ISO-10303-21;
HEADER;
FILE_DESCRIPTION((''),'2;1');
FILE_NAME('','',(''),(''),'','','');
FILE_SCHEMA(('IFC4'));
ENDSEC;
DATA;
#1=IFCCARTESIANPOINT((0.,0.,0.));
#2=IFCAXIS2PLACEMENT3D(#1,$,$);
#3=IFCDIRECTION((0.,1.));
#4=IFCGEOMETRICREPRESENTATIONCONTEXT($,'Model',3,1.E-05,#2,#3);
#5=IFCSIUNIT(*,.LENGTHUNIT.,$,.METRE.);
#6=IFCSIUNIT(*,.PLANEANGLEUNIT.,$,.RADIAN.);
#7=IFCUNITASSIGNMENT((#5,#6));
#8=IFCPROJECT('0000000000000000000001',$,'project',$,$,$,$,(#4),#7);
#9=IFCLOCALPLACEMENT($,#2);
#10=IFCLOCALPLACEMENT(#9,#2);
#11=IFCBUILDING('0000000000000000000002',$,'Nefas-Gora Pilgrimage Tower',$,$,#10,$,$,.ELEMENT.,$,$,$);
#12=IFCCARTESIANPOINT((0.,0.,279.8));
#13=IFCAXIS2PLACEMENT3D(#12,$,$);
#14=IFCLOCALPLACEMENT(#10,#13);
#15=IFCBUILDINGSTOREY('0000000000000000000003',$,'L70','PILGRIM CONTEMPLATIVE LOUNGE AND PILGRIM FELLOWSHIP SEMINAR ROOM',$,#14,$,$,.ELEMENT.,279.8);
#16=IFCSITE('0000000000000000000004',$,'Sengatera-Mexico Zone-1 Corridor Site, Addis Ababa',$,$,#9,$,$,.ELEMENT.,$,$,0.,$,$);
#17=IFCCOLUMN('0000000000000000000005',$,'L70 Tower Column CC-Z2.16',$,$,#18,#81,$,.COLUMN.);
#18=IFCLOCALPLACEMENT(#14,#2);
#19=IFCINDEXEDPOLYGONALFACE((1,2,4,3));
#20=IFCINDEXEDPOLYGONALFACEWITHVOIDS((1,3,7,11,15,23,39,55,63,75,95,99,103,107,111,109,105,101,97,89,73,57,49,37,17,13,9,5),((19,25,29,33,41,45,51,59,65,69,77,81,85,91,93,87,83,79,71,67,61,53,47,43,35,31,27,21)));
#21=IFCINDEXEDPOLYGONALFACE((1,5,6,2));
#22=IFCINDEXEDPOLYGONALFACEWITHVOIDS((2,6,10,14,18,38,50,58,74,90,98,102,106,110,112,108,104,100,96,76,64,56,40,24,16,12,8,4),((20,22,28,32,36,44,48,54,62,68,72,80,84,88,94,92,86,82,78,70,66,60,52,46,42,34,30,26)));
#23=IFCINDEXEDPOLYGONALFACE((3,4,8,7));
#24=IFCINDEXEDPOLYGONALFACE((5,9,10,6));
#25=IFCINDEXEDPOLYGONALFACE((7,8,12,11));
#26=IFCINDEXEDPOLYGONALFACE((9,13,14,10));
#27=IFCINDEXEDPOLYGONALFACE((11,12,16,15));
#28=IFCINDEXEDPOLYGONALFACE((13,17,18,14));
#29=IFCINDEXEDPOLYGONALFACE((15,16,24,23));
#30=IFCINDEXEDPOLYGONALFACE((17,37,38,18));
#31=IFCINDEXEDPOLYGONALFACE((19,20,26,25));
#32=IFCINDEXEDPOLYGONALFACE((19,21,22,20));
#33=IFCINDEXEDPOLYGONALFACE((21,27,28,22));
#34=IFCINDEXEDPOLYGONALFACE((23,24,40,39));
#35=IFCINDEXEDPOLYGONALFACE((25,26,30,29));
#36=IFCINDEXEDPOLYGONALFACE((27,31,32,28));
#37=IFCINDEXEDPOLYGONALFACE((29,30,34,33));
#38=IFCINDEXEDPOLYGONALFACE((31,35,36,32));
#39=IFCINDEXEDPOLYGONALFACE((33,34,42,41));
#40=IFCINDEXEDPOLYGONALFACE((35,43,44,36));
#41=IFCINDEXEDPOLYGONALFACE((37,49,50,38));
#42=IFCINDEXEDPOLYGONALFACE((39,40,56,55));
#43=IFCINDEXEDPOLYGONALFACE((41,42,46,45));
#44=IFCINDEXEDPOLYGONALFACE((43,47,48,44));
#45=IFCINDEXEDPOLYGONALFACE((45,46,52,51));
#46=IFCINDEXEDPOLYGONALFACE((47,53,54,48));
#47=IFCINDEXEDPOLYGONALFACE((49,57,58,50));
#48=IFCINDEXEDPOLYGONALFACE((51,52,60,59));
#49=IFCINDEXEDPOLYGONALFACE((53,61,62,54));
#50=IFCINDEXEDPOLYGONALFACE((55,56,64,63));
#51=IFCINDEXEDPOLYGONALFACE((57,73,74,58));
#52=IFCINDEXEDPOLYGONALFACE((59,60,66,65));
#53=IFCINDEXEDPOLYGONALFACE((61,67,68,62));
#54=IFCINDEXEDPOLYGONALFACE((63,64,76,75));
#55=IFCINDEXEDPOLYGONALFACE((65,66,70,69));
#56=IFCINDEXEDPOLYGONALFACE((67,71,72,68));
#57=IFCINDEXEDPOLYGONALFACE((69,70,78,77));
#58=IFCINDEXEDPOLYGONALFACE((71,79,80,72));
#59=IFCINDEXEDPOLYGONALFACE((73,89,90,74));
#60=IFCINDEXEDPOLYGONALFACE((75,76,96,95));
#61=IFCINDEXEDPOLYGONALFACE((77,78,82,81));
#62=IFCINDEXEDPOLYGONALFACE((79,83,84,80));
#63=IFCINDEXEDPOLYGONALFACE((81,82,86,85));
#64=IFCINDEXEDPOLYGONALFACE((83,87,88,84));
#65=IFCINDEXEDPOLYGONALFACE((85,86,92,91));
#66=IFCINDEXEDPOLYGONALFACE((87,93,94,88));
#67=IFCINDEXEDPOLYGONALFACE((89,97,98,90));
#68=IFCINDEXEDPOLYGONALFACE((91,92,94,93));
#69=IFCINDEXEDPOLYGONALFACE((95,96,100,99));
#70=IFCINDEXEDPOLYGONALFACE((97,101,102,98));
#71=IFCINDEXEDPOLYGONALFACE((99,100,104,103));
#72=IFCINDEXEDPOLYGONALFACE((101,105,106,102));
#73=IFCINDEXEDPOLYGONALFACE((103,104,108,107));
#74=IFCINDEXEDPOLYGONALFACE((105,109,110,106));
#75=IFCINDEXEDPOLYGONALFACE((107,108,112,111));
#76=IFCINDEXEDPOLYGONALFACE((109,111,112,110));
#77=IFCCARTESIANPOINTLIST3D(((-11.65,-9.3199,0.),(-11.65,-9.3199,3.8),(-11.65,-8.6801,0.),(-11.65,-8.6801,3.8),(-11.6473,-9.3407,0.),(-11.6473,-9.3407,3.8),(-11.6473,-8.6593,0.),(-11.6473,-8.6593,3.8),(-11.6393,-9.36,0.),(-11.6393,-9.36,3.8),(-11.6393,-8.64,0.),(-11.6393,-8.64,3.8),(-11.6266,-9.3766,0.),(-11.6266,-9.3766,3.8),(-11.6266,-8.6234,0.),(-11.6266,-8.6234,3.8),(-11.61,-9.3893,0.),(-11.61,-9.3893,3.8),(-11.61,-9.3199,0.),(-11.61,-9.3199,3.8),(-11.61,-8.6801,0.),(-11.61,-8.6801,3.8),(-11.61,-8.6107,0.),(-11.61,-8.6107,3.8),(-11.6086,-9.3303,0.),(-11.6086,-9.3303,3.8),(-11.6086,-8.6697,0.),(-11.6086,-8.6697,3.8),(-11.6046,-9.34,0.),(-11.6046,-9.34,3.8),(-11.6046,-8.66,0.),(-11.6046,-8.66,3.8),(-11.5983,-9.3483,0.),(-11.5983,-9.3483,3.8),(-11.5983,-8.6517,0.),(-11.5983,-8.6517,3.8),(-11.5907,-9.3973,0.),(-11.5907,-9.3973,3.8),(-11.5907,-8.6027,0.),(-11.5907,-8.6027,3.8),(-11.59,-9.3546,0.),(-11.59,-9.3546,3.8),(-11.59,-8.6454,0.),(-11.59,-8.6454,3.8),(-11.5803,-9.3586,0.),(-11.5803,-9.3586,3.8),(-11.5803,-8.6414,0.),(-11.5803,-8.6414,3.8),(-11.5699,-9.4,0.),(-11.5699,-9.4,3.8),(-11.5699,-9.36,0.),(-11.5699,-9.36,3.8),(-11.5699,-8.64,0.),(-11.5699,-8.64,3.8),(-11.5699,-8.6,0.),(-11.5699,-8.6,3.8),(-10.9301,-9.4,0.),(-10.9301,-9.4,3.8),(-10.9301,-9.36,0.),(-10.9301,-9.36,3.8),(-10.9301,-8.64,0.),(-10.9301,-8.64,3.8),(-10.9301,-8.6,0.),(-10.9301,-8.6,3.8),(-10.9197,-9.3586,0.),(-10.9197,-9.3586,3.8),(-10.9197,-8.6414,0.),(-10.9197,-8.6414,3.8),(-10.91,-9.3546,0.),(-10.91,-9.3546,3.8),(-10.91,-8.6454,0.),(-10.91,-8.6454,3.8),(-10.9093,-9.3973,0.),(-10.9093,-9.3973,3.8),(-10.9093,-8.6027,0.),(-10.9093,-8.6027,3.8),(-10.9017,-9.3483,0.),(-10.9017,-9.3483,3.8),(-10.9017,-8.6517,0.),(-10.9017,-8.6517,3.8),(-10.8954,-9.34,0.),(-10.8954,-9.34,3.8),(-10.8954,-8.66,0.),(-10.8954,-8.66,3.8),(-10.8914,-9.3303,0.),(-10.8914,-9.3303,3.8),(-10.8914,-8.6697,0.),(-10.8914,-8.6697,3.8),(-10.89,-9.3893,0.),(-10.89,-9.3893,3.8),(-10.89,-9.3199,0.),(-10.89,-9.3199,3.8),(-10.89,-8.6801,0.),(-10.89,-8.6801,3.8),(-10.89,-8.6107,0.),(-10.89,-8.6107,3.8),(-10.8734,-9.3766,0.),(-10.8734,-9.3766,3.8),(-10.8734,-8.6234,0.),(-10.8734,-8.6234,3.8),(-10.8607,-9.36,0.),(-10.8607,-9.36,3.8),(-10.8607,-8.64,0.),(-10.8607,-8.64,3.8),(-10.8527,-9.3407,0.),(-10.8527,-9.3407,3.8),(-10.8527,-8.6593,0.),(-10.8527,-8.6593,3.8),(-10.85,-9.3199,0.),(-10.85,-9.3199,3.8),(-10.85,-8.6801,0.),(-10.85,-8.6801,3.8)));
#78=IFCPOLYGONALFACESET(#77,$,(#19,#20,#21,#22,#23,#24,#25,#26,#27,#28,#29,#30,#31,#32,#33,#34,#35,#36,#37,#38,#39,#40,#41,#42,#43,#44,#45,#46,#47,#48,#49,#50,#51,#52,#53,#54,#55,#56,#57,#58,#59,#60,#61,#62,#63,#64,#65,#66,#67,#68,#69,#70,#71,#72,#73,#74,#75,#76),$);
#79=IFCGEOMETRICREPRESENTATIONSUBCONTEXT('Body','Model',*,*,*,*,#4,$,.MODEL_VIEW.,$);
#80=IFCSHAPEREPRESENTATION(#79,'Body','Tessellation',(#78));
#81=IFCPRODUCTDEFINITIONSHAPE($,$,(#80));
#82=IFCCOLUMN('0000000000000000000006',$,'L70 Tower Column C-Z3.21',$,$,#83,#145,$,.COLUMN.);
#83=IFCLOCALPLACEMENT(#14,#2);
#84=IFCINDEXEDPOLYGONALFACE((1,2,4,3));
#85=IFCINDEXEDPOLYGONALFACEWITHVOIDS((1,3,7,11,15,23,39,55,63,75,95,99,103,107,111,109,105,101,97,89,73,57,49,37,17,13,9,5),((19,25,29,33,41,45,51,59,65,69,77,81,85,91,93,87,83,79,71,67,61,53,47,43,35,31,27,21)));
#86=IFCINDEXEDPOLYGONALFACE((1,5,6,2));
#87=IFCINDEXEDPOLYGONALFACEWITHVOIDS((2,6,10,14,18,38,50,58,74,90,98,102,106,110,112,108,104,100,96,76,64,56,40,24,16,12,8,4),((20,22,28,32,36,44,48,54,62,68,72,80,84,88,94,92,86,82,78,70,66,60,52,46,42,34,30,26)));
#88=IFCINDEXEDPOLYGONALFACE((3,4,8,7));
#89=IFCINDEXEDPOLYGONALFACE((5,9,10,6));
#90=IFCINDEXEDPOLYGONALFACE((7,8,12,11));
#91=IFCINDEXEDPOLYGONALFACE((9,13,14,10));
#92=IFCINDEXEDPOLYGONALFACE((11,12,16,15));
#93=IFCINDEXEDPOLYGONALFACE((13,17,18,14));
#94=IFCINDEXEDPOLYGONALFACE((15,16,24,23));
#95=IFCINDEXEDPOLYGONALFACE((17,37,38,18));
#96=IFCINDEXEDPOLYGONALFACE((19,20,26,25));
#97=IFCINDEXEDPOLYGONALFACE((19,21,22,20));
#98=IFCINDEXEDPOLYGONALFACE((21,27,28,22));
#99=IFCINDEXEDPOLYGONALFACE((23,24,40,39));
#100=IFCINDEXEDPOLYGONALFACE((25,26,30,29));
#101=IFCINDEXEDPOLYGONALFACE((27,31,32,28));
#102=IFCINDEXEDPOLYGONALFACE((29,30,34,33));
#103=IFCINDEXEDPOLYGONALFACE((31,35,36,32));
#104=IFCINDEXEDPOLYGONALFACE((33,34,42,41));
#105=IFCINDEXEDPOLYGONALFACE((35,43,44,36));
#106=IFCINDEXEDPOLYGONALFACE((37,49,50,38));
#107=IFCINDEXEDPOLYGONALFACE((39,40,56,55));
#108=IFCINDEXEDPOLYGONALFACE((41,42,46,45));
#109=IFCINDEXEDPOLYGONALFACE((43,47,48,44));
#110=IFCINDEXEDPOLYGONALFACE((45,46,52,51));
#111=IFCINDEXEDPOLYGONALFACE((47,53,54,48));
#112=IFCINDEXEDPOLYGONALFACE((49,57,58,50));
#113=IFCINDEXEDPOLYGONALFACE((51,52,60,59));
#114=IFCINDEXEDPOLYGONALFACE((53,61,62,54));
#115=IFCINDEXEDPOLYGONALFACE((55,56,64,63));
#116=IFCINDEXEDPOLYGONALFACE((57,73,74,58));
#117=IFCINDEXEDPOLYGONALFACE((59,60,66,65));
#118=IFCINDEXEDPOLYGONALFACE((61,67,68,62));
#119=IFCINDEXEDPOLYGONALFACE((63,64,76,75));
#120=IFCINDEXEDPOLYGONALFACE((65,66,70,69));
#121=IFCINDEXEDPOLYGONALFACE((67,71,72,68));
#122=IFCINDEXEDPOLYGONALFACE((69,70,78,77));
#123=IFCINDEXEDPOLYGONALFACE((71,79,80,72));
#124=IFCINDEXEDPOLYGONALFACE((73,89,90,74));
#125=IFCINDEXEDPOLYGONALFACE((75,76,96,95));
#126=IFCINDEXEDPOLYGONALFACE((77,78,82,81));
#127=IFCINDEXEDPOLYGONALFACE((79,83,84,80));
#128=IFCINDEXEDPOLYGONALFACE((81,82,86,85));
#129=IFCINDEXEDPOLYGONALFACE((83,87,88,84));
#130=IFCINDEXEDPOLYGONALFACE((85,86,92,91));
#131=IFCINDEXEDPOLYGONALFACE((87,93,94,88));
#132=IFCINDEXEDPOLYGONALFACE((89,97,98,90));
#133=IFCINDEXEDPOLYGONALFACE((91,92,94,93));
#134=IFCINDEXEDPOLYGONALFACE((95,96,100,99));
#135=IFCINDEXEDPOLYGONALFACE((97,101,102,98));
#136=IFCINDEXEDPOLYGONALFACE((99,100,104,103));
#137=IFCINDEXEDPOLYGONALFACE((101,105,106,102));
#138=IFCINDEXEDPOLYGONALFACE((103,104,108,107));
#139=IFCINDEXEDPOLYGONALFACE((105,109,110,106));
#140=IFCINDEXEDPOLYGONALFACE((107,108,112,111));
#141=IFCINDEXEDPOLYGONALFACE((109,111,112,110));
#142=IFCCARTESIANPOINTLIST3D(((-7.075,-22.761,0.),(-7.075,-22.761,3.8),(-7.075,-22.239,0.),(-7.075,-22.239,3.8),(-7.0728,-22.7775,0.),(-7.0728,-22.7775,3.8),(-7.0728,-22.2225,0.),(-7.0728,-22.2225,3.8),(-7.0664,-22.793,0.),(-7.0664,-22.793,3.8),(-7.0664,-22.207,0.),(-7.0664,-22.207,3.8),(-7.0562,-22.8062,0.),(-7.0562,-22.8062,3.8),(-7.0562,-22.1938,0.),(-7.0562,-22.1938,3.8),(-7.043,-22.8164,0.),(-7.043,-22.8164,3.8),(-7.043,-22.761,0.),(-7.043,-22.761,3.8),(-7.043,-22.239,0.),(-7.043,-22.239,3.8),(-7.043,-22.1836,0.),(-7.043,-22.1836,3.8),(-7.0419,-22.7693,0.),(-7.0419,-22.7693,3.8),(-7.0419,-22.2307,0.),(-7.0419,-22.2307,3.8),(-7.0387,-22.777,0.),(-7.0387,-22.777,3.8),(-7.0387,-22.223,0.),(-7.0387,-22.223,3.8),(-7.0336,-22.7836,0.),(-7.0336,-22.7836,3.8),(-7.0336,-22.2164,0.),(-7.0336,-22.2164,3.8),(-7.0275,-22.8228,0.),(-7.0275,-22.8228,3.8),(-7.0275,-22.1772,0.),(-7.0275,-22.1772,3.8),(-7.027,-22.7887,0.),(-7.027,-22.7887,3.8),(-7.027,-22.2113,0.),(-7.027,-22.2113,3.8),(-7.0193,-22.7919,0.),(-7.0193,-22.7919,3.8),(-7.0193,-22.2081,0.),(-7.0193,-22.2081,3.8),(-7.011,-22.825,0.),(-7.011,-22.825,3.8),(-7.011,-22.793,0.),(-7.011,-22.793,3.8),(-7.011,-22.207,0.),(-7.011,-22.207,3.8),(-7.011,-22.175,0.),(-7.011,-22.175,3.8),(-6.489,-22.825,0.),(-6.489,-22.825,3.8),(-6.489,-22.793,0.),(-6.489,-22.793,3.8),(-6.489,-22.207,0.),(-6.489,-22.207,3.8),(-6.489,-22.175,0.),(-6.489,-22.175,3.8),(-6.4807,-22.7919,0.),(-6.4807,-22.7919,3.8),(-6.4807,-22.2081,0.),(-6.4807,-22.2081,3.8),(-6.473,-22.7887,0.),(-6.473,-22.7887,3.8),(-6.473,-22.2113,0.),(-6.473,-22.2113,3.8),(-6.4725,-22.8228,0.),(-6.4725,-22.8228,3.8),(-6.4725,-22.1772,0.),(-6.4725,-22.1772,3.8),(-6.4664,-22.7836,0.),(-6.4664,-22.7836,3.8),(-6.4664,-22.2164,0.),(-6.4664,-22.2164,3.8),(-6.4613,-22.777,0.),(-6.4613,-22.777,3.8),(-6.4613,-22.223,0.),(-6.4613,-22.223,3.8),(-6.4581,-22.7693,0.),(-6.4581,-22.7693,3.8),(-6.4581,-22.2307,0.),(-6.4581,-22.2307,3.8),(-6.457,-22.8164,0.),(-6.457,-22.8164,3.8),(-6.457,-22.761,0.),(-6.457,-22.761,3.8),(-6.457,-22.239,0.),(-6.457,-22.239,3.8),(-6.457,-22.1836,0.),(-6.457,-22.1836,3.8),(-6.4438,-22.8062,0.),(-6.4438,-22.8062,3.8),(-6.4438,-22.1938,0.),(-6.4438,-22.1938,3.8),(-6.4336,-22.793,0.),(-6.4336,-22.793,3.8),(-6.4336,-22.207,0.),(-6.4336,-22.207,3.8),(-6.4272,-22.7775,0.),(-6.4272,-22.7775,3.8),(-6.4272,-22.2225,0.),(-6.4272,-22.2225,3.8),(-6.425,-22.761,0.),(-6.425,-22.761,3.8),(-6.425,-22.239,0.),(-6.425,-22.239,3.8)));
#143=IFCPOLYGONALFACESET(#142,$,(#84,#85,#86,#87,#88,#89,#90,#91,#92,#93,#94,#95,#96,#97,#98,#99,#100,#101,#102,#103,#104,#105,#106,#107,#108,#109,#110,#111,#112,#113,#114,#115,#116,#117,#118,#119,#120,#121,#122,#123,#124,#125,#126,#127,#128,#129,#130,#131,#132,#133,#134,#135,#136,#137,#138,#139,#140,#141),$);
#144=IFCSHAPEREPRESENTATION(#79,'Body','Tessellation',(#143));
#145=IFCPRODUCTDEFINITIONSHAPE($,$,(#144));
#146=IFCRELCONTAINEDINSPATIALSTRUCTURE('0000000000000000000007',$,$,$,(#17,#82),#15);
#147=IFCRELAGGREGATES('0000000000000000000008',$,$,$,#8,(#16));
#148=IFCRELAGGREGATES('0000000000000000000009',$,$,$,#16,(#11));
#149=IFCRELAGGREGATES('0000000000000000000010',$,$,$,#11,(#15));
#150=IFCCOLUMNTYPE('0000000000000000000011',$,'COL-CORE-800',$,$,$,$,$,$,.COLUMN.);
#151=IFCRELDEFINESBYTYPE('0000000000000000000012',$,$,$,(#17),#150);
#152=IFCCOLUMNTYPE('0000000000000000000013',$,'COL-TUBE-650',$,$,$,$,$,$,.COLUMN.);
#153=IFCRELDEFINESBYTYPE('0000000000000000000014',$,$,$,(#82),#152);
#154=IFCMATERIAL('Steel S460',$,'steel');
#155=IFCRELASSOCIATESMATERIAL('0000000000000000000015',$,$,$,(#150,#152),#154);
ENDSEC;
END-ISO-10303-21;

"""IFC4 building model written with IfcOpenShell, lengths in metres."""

from ifc_helpers import new_model, si_unit, direction, frame, origin, origin_2d, place, context, subcontext, project, spatial, hollow_rectangle, extrude, source, transform, mapped, material, material_profile, profile_set, type_object, element, save


model = new_model("IFC4")

# Units and contexts
model_context = context("Model", 3, precision=1e-05, world=origin(), true_north=direction((0.0, 1.0)))
body_context = subcontext(model_context, "Body", "Model", "MODEL_VIEW")
ifc_project = project(units=[si_unit("LENGTHUNIT", "METRE"), si_unit("PLANEANGLEUNIT", "RADIAN")], contexts=[model_context])

# Site, building, storey
site_placement = place(None, origin())
site = spatial("IfcSite", under=ifc_project, at=site_placement, Name="Sengatera-Mexico Zone-1 Corridor Site, Addis Ababa", CompositionType="ELEMENT", RefElevation=0.0)
building_placement = place(site_placement, origin())
building = spatial("IfcBuilding", under=site, at=building_placement, Name="Nefas-Gora Pilgrimage Tower", CompositionType="ELEMENT")
storey_placement = place(building_placement, frame((0.0, 0.0, 279.8)))
storey = spatial("IfcBuildingStorey", under=building, at=storey_placement, Name="L70", Description="PILGRIM CONTEMPLATIVE LOUNGE AND PILGRIM FELLOWSHIP SEMINAR ROOM", CompositionType="ELEMENT", Elevation=279.8)

# Columns
ifc_material_1 = material(Name="Steel S460", Category="steel")
ifc_material_profile_1 = material_profile(ifc_material_1, hollow_rectangle(XDim=0.8, YDim=0.8, WallThickness=0.04, InnerFilletRadius=0.04, OuterFilletRadius=0.0801, at=origin_2d()), Name="BOX 800x800x40")
ifc_profile_set_1 = profile_set([ifc_material_profile_1], Name="Steel S460")
column_type_1 = type_object("IfcColumnType", Name="COL-CORE-800", PredefinedType="COLUMN", material=ifc_profile_set_1)
shared_shape_1 = source(origin(), body_context, "Body", "SweptSolid", [
    extrude(hollow_rectangle(XDim=0.8, YDim=0.8, WallThickness=0.04, InnerFilletRadius=0.04, OuterFilletRadius=0.0801, at=origin_2d()), origin(), (0.0, 0.0, 1.0), 3.8),
])
column_placement = place(storey_placement, frame((-11.25, -9.0, 0.0), z_axis=(0.0, 0.0, 1.0), x_axis=(1.0, 0.0, 0.0)))
element("IfcColumn", 1, at=column_placement, inside=storey, type_object=column_type_1, Name="L70 Tower Column CC-Z2.16", PredefinedType="COLUMN", context=body_context, shape_type="MappedRepresentation", body=[
    mapped(shared_shape_1, transform((0.0, 0.0, 0.0), x_axis=(1.0, 0.0, 0.0), y_axis=(0.0, 1.0, 0.0), z_axis=(0.0, 0.0, 1.0), scale=1.0)),
])
ifc_material_profile_2 = material_profile(ifc_material_1, hollow_rectangle(XDim=0.6499, YDim=0.6499, WallThickness=0.032, InnerFilletRadius=0.032, OuterFilletRadius=0.064, at=origin_2d()), Name="BOX 650x650x32")
ifc_profile_set_2 = profile_set([ifc_material_profile_2], Name="Steel S460")
column_type_2 = type_object("IfcColumnType", Name="COL-TUBE-650", PredefinedType="COLUMN", material=ifc_profile_set_2)
shared_shape_2 = source(origin(), body_context, "Body", "SweptSolid", [
    extrude(hollow_rectangle(XDim=0.6499, YDim=0.6499, WallThickness=0.032, InnerFilletRadius=0.032, OuterFilletRadius=0.064, at=origin_2d()), origin(), (0.0, 0.0, 1.0), 3.8),
])
for number, where, z_axis, x_axis, name in (
    (2, (-6.75, -22.5, 0.0), (0.0, 0.0, 1.0), (1.0, 0.0, 0.0), "L70 Tower Column C-Z3.21"),
):
    element("IfcColumn", number, at=place(storey_placement, frame(where, z_axis=z_axis, x_axis=x_axis)), inside=storey, type_object=column_type_2, Name=name, PredefinedType="COLUMN", context=body_context, shape_type="MappedRepresentation", body=[
        mapped(shared_shape_2, transform((0.0, 0.0, 0.0), x_axis=(1.0, 0.0, 0.0), y_axis=(0.0, 1.0, 0.0), z_axis=(0.0, 0.0, 1.0), scale=1.0)),
    ])

save(model, "model.ifc")
